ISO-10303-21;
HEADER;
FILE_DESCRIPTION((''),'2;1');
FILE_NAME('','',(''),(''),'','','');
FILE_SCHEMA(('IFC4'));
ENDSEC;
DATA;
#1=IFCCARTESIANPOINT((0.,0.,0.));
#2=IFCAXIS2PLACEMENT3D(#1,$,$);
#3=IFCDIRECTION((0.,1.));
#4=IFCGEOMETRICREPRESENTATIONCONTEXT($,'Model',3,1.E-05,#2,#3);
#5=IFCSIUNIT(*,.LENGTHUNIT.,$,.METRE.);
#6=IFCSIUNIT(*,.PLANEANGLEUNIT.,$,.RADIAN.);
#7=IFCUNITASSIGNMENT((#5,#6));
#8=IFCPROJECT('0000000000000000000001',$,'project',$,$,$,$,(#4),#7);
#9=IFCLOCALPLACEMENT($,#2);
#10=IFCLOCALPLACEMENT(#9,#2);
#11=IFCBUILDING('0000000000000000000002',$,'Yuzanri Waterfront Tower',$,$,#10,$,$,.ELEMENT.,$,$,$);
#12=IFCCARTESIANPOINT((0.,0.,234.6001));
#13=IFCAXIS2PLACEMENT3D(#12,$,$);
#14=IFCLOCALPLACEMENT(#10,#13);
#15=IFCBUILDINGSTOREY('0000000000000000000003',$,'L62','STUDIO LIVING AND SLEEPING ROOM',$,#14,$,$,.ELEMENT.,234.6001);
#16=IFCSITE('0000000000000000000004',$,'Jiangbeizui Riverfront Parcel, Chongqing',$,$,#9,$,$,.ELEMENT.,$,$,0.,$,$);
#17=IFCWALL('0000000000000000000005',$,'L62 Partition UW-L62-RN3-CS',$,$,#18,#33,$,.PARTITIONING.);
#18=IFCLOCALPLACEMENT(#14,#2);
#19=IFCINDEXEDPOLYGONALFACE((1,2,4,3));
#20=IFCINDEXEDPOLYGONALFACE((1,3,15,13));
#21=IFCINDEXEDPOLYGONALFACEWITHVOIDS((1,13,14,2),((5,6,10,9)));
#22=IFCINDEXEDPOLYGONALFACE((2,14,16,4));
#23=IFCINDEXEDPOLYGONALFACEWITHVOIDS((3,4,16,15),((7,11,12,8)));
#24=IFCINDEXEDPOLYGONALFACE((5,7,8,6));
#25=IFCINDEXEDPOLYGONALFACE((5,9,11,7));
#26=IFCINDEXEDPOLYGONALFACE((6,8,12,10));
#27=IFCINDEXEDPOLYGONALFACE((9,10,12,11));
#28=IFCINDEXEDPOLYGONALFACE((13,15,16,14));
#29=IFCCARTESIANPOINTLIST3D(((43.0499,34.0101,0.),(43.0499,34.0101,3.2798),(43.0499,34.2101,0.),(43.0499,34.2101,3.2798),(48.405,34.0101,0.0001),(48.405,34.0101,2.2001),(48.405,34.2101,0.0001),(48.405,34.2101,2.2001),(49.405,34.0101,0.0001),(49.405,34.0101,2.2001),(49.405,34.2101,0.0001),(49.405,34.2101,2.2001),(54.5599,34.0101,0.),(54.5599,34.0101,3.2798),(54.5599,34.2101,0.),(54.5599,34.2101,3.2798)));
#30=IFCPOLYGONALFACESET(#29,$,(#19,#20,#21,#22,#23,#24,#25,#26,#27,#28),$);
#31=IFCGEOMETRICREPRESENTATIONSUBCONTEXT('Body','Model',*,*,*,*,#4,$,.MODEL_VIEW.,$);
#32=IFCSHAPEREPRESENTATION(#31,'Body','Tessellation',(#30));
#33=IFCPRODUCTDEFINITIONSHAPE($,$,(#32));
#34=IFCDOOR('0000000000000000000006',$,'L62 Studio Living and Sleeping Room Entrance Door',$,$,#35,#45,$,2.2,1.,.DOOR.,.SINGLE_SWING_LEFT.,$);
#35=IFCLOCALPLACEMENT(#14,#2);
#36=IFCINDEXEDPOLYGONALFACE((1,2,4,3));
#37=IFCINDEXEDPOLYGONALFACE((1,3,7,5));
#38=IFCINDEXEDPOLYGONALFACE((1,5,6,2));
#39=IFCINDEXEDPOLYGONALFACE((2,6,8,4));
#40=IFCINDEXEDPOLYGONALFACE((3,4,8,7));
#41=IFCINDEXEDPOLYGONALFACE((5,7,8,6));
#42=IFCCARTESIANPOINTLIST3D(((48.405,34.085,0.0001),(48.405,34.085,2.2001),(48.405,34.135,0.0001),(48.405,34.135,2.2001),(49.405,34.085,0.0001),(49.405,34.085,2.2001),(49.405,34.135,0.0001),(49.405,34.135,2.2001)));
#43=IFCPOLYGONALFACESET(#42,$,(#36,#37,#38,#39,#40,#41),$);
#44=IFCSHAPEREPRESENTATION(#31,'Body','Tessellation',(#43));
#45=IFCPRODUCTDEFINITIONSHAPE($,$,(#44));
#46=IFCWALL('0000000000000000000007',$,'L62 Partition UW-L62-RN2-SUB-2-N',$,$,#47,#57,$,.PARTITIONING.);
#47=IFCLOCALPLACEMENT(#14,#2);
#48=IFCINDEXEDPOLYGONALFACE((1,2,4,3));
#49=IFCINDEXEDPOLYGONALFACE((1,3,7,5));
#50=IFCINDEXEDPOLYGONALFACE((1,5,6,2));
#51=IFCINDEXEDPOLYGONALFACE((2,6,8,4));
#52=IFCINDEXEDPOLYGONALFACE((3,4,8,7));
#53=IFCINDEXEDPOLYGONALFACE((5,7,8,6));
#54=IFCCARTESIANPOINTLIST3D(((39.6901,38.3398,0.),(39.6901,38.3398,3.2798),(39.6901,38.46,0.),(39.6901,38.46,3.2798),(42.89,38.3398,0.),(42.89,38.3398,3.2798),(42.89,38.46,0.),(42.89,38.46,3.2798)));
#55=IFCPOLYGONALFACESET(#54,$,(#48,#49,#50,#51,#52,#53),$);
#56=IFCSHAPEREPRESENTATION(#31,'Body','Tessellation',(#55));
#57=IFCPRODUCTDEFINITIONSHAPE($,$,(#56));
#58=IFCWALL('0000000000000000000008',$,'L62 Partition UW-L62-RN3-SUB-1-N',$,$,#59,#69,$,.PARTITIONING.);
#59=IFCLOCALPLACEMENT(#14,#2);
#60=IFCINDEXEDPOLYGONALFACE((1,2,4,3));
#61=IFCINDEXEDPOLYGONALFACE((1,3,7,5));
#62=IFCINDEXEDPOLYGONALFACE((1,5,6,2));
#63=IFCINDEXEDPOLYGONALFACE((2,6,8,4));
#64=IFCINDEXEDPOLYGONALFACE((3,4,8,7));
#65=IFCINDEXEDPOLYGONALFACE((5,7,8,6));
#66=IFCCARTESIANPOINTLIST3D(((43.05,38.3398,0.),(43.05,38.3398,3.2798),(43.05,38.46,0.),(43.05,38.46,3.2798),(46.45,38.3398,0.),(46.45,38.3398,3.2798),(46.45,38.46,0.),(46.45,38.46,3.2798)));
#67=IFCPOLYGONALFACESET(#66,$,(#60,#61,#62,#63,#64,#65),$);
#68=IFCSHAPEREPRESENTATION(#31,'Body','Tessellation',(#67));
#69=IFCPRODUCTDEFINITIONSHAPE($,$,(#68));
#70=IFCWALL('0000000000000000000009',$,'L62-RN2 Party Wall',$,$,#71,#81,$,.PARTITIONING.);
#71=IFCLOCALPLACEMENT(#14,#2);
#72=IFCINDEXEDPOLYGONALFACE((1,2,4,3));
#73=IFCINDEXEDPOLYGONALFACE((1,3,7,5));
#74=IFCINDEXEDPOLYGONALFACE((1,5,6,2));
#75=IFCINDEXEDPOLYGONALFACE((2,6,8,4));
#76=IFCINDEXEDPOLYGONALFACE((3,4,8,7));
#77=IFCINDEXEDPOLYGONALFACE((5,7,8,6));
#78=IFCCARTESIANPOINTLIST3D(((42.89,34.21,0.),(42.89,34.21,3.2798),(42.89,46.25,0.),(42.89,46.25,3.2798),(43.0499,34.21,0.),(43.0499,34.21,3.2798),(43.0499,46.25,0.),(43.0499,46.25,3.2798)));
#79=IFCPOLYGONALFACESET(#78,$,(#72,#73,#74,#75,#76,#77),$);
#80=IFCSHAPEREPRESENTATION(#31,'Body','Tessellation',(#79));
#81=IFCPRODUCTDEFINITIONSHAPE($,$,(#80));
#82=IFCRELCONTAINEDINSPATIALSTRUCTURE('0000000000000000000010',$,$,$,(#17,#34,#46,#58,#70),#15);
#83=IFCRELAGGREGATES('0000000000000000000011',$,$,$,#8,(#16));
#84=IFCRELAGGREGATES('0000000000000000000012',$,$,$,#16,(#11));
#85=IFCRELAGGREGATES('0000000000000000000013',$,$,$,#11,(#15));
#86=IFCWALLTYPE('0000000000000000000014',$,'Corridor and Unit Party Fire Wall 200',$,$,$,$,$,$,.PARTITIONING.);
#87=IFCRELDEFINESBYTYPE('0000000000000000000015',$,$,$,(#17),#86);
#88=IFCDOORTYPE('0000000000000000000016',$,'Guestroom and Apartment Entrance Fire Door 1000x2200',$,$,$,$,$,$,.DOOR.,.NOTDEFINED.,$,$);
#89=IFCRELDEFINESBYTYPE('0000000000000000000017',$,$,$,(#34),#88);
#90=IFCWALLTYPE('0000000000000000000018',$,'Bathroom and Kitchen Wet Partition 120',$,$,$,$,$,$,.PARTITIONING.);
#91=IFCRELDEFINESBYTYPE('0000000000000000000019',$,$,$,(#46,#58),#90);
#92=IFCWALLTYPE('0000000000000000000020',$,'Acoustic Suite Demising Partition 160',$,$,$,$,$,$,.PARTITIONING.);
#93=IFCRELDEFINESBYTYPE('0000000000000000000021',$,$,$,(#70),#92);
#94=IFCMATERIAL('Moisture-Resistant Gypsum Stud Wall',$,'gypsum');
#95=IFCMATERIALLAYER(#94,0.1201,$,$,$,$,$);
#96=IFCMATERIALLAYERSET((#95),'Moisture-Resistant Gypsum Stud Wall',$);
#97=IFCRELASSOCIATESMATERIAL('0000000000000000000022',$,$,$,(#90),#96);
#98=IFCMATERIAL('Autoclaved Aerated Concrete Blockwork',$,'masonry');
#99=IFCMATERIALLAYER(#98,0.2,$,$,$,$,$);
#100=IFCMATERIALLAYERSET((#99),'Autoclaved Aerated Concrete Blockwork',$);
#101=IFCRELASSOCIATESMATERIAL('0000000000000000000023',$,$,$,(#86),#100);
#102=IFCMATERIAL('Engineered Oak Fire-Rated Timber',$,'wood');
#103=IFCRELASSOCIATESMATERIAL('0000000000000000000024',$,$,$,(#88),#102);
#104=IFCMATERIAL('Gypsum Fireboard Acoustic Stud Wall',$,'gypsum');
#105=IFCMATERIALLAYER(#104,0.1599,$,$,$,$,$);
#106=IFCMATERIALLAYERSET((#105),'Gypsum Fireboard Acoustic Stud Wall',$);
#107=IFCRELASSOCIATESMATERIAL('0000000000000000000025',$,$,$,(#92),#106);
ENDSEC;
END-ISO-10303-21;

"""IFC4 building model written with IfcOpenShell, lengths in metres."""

from ifc_helpers import new_model, si_unit, direction, frame, frame_2d, origin, place, context, subcontext, project, spatial, rectangle, extrude, source, transform, mapped, material, layer, layer_set, type_object, element, fill, save


model = new_model("IFC4")

# Units and contexts
model_context = context("Model", 3, precision=1e-05, world=origin(), true_north=direction((0.0, 1.0)))
body_context = subcontext(model_context, "Body", "Model", "MODEL_VIEW")
ifc_project = project(units=[si_unit("LENGTHUNIT", "METRE"), si_unit("PLANEANGLEUNIT", "RADIAN")], contexts=[model_context])

# Site, building, storey
site_placement = place(None, origin())
site = spatial("IfcSite", under=ifc_project, at=site_placement, Name="Jiangbeizui Riverfront Parcel, Chongqing", CompositionType="ELEMENT", RefElevation=0.0)
building_placement = place(site_placement, origin())
building = spatial("IfcBuilding", under=site, at=building_placement, Name="Yuzanri Waterfront Tower", CompositionType="ELEMENT")
storey_placement = place(building_placement, frame((0.0, 0.0, 234.6001)))
storey = spatial("IfcBuildingStorey", under=building, at=storey_placement, Name="L62", Description="STUDIO LIVING AND SLEEPING ROOM", CompositionType="ELEMENT", Elevation=234.6001)

# Wall, opening, door
ifc_material_1 = material(Name="Moisture-Resistant Gypsum Stud Wall", Category="gypsum")
ifc_layer_1 = layer(ifc_material_1, 0.1201)
ifc_layer_set_1 = layer_set([ifc_layer_1], Name="Moisture-Resistant Gypsum Stud Wall")
wall_type_1 = type_object("IfcWallType", Name="Bathroom and Kitchen Wet Partition 120", PredefinedType="PARTITIONING", material=ifc_layer_set_1)
ifc_material_2 = material(Name="Autoclaved Aerated Concrete Blockwork", Category="masonry")
ifc_layer_2 = layer(ifc_material_2, 0.2)
ifc_layer_set_2 = layer_set([ifc_layer_2], Name="Autoclaved Aerated Concrete Blockwork")
wall_type_2 = type_object("IfcWallType", Name="Corridor and Unit Party Fire Wall 200", PredefinedType="PARTITIONING", material=ifc_layer_set_2)
wall_1_placement = place(storey_placement, frame((43.05, 34.1101, 0.0), z_axis=(0.0, 0.0, 1.0), x_axis=(1.0, 0.0, 0.0)))
wall_1 = element("IfcWall", 1, at=wall_1_placement, inside=storey, type_object=wall_type_2, Name="L62 Partition UW-L62-RN3-CS", PredefinedType="PARTITIONING", context=body_context, shape_type="SweptSolid", body=[
    extrude(rectangle(XDim=11.51, YDim=0.2, at=frame_2d((5.7549, 0.0))), origin(), (0.0, 0.0, 1.0), 3.2798),
])
opening_1_placement = place(wall_1_placement, frame((5.355, 0.0, 0.0)))
opening_1 = element("IfcOpeningElement", 2, at=opening_1_placement, cuts=wall_1, PredefinedType="OPENING", context=body_context, shape_type="SweptSolid", body=[
    extrude(rectangle(XDim=1.0, YDim=2.2, at=frame_2d((0.5, 1.1001))), frame((0.0, 0.1147, 0.0), z_axis=(0.0, -1.0, 0.0), x_axis=(1.0, 0.0, 0.0)), (0.0, 0.0, 1.0), 0.2297),
])
ifc_material_3 = material(Name="Engineered Oak Fire-Rated Timber", Category="wood")
door_type_1 = type_object("IfcDoorType", Name="Guestroom and Apartment Entrance Fire Door 1000x2200", OperationType="NOTDEFINED", PredefinedType="DOOR", material=ifc_material_3)
shared_shape_1 = source(origin(), body_context, "Body", "SweptSolid", [
    extrude(rectangle(XDim=1.0, YDim=2.2, at=frame_2d((0.5, 1.1001))), frame((0.0, 0.0249, 0.0), z_axis=(0.0, -1.0, 0.0), x_axis=(1.0, 0.0, 0.0)), (0.0, 0.0, 1.0), 0.05),
])
door_1_placement = place(opening_1_placement, origin())
door_1 = element("IfcDoor", 3, at=door_1_placement, inside=storey, type_object=door_type_1, Name="L62 Studio Living and Sleeping Room Entrance Door", OperationType="SINGLE_SWING_LEFT", OverallHeight=2.2, OverallWidth=1.0, PredefinedType="DOOR", context=body_context, shape_type="MappedRepresentation", body=[
    mapped(shared_shape_1, transform((0.0, 0.0, 0.0), scale=1.0)),
])
fill(opening_1, door_1)

# Walls
shared_shape_2 = source(origin(), body_context, "Body", "SweptSolid", [
    extrude(rectangle(XDim=3.2, YDim=0.1201, at=frame_2d((1.6001, 0.0))), origin(), (0.0, 0.0, 1.0), 3.2798),
])
wall_2_placement = place(storey_placement, frame((39.6899, 38.3999, 0.0), z_axis=(0.0, 0.0, 1.0), x_axis=(1.0, 0.0, 0.0)))
element("IfcWall", 4, at=wall_2_placement, inside=storey, type_object=wall_type_1, Name="L62 Partition UW-L62-RN2-SUB-2-N", PredefinedType="PARTITIONING", context=body_context, shape_type="MappedRepresentation", body=[
    mapped(shared_shape_2, transform((0.0, 0.0, 0.0), scale=1.0)),
])
shared_shape_3 = source(origin(), body_context, "Body", "SweptSolid", [
    extrude(rectangle(XDim=3.3999, YDim=0.1201, at=frame_2d((1.7, 0.0))), origin(), (0.0, 0.0, 1.0), 3.2798),
])
wall_3_placement = place(storey_placement, frame((43.05, 38.3999, 0.0), z_axis=(0.0, 0.0, 1.0), x_axis=(1.0, 0.0, 0.0)))
element("IfcWall", 5, at=wall_3_placement, inside=storey, type_object=wall_type_1, Name="L62 Partition UW-L62-RN3-SUB-1-N", PredefinedType="PARTITIONING", context=body_context, shape_type="MappedRepresentation", body=[
    mapped(shared_shape_3, transform((0.0, 0.0, 0.0), scale=1.0)),
])
ifc_material_4 = material(Name="Gypsum Fireboard Acoustic Stud Wall", Category="gypsum")
ifc_layer_3 = layer(ifc_material_4, 0.1599)
ifc_layer_set_3 = layer_set([ifc_layer_3], Name="Gypsum Fireboard Acoustic Stud Wall")
wall_type_3 = type_object("IfcWallType", Name="Acoustic Suite Demising Partition 160", PredefinedType="PARTITIONING", material=ifc_layer_set_3)
shared_shape_4 = source(origin(), body_context, "Body", "SweptSolid", [
    extrude(rectangle(XDim=12.04, YDim=0.1599, at=frame_2d((6.02, 0.0))), origin(), (0.0, 0.0, 1.0), 3.2798),
])
wall_4_placement = place(storey_placement, frame((42.97, 34.21, 0.0), z_axis=(0.0, 0.0, 1.0), x_axis=(0.0, 1.0, 0.0)))
element("IfcWall", 6, at=wall_4_placement, inside=storey, type_object=wall_type_3, Name="L62-RN2 Party Wall", PredefinedType="PARTITIONING", context=body_context, shape_type="MappedRepresentation", body=[
    mapped(shared_shape_4, transform((0.0, 0.0, 0.0), scale=1.0)),
])

save(model, "model.ifc")
